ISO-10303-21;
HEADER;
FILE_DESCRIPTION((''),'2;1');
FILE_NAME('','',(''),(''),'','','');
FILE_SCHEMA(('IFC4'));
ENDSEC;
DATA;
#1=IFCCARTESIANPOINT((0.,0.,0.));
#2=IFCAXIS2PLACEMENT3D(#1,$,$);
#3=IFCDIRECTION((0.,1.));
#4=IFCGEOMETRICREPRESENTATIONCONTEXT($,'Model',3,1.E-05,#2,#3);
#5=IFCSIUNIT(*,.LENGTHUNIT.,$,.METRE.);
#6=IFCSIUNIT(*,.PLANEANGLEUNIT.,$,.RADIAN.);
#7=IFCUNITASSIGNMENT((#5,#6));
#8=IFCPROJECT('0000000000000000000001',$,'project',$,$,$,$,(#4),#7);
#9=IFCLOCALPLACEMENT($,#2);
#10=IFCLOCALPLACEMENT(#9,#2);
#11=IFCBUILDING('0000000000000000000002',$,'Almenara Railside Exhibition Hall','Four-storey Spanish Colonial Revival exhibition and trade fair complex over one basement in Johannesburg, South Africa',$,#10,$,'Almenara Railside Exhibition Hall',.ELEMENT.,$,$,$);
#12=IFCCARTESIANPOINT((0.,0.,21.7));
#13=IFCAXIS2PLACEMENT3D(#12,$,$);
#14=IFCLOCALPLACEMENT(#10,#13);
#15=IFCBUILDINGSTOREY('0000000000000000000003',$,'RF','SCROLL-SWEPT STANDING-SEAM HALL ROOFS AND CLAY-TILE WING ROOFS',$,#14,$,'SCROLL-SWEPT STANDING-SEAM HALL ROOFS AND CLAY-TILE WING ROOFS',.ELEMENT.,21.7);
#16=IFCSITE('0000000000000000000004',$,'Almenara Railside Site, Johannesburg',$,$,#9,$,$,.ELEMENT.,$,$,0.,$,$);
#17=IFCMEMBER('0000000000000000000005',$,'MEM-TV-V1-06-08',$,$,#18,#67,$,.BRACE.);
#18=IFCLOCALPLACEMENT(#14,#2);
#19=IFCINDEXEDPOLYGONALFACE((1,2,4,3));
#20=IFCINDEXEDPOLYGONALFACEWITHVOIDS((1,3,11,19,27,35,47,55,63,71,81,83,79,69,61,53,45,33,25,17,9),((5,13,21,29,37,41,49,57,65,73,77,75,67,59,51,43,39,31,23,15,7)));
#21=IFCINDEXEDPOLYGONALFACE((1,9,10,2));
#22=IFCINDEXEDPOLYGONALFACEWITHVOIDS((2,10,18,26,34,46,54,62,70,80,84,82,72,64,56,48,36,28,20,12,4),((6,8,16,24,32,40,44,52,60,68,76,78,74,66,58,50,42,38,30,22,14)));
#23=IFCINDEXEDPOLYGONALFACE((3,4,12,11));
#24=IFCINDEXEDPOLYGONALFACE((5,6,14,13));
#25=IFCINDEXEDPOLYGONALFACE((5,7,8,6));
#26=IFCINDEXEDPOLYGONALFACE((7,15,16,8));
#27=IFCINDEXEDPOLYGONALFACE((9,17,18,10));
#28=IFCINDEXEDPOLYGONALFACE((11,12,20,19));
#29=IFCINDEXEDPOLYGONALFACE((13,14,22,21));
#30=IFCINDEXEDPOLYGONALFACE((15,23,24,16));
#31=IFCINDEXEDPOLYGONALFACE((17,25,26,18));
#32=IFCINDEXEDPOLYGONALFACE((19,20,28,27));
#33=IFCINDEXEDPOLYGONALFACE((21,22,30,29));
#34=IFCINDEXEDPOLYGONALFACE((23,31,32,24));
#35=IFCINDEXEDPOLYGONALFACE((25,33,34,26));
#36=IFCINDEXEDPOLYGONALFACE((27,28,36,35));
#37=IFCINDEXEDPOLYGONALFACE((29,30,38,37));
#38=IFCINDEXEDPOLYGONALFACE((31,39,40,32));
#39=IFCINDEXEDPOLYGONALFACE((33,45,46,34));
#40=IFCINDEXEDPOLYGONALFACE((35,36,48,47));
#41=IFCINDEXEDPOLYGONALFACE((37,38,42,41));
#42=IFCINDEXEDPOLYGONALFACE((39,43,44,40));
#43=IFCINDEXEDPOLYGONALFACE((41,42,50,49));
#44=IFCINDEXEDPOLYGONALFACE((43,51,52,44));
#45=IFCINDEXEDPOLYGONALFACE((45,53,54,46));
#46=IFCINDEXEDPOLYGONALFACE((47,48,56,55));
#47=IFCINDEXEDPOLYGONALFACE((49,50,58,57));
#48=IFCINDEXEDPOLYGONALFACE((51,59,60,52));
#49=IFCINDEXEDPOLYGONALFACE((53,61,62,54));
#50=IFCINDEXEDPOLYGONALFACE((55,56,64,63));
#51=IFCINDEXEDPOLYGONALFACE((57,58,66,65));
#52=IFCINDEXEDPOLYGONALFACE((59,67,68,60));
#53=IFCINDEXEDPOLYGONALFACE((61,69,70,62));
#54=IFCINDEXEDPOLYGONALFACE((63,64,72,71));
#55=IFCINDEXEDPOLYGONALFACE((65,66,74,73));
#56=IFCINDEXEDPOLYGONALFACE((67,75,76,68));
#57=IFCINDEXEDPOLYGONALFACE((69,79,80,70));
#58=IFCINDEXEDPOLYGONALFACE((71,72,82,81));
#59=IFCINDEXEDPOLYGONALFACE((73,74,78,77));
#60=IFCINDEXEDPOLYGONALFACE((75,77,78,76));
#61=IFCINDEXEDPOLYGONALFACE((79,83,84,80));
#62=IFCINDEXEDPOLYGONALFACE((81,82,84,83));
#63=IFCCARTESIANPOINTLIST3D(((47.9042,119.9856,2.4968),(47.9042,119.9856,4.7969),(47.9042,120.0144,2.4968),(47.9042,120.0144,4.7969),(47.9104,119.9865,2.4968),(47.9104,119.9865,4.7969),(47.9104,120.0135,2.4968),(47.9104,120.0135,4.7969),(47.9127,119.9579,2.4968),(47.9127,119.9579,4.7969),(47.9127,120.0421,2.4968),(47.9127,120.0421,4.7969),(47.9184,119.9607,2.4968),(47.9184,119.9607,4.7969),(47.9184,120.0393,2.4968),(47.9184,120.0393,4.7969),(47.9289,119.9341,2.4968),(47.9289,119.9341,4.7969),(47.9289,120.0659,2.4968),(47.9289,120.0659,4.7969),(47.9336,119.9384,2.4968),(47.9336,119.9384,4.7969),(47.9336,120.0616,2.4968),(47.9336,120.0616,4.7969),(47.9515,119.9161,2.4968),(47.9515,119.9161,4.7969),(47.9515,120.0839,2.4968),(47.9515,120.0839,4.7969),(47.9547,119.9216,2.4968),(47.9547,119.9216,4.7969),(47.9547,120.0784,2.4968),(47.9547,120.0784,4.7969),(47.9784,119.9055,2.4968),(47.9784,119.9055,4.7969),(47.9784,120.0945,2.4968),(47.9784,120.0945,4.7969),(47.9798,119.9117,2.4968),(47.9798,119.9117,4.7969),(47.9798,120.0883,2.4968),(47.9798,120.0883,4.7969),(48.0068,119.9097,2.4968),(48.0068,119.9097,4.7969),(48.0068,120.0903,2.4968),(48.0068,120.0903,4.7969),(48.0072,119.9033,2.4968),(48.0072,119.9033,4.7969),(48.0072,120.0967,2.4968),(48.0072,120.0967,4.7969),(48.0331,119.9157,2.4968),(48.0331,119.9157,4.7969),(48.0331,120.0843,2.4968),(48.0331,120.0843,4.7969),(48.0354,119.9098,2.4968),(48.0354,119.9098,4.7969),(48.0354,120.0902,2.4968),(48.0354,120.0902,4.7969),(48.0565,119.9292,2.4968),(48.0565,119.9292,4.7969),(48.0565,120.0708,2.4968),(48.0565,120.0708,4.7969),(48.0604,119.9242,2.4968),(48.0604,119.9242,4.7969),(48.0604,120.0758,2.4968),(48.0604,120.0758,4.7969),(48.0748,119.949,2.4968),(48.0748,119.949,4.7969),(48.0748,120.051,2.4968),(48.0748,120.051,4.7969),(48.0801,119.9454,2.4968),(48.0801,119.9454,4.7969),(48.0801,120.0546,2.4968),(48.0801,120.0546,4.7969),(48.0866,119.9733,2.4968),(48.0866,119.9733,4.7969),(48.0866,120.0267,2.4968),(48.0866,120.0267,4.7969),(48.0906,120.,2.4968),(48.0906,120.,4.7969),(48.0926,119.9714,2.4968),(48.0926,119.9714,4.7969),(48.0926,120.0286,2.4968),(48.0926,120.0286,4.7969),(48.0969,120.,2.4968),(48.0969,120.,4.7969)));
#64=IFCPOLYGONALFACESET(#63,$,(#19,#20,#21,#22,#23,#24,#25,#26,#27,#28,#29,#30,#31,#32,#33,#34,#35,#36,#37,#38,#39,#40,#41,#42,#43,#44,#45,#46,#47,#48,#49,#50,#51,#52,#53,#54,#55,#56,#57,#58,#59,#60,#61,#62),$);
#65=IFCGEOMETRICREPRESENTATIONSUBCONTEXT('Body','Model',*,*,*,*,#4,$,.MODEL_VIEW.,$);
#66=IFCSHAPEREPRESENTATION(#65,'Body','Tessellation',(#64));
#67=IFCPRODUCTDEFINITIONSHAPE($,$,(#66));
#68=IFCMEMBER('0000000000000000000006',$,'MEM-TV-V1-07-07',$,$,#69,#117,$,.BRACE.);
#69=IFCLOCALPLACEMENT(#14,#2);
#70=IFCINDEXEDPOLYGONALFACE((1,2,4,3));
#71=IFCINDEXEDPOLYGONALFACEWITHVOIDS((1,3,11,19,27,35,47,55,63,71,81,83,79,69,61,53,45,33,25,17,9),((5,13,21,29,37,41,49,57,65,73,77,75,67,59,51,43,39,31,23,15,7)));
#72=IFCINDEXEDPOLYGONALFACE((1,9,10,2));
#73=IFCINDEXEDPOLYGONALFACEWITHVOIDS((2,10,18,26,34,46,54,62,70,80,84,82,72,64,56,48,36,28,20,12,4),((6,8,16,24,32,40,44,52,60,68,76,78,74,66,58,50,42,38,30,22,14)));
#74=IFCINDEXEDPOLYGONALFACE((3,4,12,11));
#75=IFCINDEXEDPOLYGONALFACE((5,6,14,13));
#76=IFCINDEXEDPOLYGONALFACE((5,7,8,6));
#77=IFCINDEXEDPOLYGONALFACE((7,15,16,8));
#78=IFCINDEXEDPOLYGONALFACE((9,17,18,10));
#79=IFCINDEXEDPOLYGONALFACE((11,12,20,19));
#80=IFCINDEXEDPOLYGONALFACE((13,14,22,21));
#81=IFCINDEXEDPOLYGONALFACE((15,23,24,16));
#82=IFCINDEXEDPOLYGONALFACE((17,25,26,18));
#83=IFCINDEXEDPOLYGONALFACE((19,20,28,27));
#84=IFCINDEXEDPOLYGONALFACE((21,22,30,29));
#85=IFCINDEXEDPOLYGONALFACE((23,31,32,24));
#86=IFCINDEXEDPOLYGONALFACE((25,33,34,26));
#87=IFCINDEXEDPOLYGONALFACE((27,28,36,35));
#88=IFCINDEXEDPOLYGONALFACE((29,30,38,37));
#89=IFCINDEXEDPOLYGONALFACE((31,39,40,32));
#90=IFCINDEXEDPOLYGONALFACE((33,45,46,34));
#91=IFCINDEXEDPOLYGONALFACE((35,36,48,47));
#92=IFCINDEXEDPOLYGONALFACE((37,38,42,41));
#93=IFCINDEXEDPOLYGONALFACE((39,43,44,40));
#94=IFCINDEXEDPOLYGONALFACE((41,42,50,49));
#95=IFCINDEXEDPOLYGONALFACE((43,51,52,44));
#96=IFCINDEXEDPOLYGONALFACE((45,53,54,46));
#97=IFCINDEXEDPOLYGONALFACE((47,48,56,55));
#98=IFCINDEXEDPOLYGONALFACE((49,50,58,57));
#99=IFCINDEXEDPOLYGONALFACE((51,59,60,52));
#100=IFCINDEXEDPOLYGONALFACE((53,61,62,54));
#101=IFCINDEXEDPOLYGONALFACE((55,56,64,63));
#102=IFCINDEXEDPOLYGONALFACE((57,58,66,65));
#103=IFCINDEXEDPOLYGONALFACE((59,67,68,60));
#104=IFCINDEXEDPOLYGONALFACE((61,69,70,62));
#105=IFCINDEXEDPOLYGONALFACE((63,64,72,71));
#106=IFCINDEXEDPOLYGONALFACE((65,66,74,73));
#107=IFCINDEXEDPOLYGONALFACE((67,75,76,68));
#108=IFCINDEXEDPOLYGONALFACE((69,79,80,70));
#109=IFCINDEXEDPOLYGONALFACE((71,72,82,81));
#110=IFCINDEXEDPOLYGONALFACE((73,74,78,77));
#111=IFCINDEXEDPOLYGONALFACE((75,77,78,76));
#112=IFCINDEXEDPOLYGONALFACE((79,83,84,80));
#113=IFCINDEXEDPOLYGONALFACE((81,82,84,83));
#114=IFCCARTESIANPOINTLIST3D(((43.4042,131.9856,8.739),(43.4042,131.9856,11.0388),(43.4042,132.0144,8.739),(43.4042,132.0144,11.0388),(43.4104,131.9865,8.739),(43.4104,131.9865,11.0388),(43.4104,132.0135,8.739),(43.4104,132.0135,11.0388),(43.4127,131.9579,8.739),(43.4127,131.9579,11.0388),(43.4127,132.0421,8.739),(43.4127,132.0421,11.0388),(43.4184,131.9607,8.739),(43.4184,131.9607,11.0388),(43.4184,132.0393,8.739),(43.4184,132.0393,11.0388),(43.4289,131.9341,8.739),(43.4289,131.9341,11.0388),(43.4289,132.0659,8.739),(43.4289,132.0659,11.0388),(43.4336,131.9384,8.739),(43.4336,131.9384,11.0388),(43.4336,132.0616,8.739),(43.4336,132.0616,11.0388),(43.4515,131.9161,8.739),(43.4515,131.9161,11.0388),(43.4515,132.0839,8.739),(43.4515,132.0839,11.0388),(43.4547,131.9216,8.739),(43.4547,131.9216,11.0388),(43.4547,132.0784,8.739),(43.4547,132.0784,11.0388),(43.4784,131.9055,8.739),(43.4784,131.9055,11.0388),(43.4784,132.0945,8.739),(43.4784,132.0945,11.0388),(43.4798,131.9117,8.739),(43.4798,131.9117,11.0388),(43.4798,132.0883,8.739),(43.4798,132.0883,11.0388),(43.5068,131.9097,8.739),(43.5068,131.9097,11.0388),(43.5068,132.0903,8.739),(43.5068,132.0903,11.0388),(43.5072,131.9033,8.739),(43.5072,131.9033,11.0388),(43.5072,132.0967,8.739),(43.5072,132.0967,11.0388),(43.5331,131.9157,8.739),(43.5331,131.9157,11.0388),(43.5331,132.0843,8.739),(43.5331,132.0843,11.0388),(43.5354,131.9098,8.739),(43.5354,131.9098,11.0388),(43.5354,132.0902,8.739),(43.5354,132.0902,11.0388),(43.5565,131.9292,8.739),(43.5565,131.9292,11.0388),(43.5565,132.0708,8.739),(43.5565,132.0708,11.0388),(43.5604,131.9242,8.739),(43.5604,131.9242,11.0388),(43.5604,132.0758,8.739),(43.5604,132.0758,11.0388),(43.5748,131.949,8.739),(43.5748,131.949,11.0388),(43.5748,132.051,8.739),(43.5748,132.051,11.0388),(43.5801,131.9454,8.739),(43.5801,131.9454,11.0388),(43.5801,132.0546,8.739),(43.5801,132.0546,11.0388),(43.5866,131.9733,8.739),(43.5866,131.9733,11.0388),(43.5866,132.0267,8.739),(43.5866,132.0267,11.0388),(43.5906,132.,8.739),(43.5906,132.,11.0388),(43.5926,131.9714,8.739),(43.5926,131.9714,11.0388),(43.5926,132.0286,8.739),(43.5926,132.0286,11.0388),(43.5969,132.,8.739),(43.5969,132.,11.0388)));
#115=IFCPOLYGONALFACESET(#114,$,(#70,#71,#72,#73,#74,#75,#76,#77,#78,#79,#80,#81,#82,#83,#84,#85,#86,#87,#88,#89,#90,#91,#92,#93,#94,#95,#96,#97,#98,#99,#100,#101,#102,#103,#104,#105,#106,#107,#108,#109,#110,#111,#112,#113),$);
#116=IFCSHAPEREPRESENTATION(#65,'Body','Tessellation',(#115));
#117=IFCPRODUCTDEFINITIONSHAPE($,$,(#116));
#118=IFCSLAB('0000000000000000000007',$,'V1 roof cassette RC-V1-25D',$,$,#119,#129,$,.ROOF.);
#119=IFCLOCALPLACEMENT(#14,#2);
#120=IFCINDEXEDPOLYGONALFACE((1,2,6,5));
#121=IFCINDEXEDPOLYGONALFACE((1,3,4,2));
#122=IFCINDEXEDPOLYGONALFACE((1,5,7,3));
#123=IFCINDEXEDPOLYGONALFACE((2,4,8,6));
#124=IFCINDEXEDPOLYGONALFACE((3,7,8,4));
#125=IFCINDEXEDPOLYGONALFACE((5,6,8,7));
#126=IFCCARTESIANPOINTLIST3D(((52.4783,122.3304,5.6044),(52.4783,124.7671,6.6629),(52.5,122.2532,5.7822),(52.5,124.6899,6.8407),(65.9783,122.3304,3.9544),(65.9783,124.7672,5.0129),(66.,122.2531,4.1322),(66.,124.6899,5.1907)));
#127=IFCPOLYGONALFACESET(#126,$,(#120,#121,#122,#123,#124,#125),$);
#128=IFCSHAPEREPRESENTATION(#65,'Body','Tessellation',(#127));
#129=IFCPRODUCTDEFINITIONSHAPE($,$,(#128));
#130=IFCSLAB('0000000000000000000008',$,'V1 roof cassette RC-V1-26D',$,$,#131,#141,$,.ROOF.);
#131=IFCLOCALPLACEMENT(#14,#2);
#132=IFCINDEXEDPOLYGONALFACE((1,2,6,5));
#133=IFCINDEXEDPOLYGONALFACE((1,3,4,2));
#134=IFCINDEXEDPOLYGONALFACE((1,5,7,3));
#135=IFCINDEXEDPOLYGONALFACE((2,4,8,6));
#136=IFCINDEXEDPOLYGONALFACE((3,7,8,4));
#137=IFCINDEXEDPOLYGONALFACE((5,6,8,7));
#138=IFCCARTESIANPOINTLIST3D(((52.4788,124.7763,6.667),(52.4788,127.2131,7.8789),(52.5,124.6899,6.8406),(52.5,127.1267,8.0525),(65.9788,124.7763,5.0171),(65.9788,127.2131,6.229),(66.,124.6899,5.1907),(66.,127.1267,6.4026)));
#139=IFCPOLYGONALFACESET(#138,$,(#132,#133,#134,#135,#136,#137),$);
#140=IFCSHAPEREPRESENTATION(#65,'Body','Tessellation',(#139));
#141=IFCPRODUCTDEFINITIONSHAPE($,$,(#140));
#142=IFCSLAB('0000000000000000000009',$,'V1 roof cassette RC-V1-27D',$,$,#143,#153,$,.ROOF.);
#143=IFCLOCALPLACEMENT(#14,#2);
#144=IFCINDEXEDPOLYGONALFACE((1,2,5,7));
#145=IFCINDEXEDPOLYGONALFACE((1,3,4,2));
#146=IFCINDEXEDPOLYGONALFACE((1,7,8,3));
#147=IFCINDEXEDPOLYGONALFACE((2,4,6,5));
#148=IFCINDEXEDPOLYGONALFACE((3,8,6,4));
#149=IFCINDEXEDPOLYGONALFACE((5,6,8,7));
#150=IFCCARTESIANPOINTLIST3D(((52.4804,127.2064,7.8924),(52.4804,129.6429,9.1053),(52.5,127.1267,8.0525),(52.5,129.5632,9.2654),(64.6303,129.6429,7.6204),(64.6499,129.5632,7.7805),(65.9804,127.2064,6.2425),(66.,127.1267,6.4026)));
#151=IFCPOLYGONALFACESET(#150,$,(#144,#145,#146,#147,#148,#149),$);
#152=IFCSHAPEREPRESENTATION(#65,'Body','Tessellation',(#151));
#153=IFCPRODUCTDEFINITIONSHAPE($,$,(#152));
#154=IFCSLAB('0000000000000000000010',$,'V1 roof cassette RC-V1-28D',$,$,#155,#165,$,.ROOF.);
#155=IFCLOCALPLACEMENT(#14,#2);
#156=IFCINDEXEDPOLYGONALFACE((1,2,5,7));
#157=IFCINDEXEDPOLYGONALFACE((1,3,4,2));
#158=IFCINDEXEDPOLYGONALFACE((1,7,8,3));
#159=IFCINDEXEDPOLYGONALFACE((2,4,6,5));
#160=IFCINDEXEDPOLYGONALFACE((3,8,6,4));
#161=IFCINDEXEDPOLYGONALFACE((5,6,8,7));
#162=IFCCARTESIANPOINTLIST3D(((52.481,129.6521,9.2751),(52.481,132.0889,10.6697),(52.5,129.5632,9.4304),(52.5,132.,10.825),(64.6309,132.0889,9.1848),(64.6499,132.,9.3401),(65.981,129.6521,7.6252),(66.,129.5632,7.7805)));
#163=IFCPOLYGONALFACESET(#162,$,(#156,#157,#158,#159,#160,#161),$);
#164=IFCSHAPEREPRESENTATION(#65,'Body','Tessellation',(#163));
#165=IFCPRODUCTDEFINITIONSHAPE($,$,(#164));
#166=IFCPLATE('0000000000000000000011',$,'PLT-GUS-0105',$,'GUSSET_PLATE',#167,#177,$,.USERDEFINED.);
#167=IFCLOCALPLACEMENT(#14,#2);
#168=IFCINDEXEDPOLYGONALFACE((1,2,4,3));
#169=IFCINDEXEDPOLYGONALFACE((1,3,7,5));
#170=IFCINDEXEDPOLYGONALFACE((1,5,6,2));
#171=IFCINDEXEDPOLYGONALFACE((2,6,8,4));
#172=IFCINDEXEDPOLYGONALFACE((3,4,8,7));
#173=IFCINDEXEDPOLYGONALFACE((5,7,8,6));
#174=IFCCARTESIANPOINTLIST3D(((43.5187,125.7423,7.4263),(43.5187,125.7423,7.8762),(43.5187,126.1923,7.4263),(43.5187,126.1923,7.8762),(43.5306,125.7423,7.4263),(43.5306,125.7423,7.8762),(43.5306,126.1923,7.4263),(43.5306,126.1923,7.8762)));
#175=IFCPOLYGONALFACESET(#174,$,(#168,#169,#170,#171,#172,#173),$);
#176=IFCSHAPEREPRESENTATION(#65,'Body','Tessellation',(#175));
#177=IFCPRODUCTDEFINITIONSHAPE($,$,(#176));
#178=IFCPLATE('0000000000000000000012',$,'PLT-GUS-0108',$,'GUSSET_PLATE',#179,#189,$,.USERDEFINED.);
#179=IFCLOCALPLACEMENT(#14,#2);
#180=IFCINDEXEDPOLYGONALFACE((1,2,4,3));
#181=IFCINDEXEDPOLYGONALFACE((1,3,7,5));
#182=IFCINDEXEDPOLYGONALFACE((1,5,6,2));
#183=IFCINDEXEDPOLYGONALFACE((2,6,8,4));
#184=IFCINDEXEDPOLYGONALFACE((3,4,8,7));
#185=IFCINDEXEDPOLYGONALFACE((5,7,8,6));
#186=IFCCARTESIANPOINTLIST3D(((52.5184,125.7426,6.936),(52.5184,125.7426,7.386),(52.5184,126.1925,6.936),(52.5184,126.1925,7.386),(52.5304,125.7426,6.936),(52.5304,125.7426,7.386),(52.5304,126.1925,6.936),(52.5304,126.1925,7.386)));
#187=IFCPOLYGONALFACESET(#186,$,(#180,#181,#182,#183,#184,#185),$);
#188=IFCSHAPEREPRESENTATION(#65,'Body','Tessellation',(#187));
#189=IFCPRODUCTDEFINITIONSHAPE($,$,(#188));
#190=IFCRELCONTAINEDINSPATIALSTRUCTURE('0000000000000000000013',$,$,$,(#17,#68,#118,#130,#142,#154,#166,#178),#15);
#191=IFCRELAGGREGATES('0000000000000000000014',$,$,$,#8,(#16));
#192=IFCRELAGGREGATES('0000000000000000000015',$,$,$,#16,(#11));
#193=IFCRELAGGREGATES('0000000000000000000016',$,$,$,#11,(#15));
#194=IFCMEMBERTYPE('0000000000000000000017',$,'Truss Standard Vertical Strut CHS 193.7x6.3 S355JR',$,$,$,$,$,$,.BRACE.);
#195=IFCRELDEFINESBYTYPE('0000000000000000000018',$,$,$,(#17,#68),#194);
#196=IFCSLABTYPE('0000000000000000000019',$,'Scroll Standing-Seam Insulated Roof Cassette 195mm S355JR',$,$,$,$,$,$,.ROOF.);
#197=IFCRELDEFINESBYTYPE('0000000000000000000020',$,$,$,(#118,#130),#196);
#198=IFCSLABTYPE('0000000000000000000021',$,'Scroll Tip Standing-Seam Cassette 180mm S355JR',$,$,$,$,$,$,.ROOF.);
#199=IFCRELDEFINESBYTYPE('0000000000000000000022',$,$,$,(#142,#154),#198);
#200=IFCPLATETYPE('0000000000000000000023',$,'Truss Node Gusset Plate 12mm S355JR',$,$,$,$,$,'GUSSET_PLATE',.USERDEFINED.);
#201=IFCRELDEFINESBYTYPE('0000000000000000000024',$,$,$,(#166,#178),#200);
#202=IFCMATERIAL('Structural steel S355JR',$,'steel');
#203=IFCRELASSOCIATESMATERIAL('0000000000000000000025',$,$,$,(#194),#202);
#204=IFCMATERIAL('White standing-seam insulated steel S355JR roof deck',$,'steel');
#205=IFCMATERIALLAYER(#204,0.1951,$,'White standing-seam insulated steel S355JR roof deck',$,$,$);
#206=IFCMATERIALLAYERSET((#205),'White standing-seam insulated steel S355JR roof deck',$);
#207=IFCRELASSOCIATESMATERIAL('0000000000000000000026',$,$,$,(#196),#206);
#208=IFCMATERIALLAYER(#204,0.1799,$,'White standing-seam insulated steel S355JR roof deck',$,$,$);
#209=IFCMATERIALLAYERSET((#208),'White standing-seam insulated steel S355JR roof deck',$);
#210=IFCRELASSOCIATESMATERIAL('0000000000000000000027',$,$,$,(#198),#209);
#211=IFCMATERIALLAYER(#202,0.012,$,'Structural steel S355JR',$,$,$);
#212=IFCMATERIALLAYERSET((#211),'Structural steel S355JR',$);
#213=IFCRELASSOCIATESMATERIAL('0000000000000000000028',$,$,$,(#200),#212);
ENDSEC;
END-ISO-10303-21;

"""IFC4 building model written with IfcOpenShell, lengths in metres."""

from ifc_helpers import new_model, si_unit, direction, frame, origin, origin_2d, place, context, subcontext, project, spatial, polyline, rectangle, hollow_circle, outline, extrude, material, layer, layer_set, material_profile, profile_set, type_object, element, save


model = new_model("IFC4")

# Units and contexts
model_context = context("Model", 3, precision=1e-05, world=origin(), true_north=direction((0.0, 1.0)))
body_context = subcontext(model_context, "Body", "Model", "MODEL_VIEW")
ifc_project = project(units=[si_unit("LENGTHUNIT", "METRE"), si_unit("PLANEANGLEUNIT", "RADIAN")], contexts=[model_context])

# Site, building, storey
site_placement = place(None, origin())
site = spatial("IfcSite", under=ifc_project, at=site_placement, Name="Almenara Railside Site, Johannesburg", CompositionType="ELEMENT", RefElevation=0.0)
building_placement = place(site_placement, origin())
building = spatial("IfcBuilding", under=site, at=building_placement, Name="Almenara Railside Exhibition Hall", Description="Four-storey Spanish Colonial Revival exhibition and trade fair complex over one basement in Johannesburg, South Africa", LongName="Almenara Railside Exhibition Hall", CompositionType="ELEMENT")
storey_placement = place(building_placement, frame((0.0, 0.0, 21.7)))
storey = spatial("IfcBuildingStorey", under=building, at=storey_placement, Name="RF", Description="SCROLL-SWEPT STANDING-SEAM HALL ROOFS AND CLAY-TILE WING ROOFS", LongName="SCROLL-SWEPT STANDING-SEAM HALL ROOFS AND CLAY-TILE WING ROOFS", CompositionType="ELEMENT", Elevation=21.7)

# Shared definitions
ifc_material_1 = material(Name="Structural steel S355JR", Category="steel")

# Members
ifc_material_profile_1 = material_profile(ifc_material_1, hollow_circle(Radius=0.0969, WallThickness=0.0063, at=origin_2d()), Name="CHS 193.7x6.3")
ifc_profile_set_1 = profile_set([ifc_material_profile_1], Name="Structural steel S355JR")
member_type_1 = type_object("IfcMemberType", Name="Truss Standard Vertical Strut CHS 193.7x6.3 S355JR", PredefinedType="BRACE", material=ifc_profile_set_1)
for number, where, z_axis, x_axis, name in (
    (1, (48.0, 120.0, 2.4968), (0.0, 0.0, 1.0), (1.0, 0.0, 0.0), "MEM-TV-V1-06-08"),
):
    element("IfcMember", number, at=place(storey_placement, frame(where, z_axis=z_axis, x_axis=x_axis)), inside=storey, type_object=member_type_1, Name=name, PredefinedType="BRACE", context=body_context, shape_type="SweptSolid", body=[
        extrude(hollow_circle(Radius=0.0969, WallThickness=0.0063, at=origin_2d()), origin(), (0.0, 0.0, 1.0), 2.3),
    ])
member_1_placement = place(storey_placement, frame((43.5, 132.0, 8.739), z_axis=(0.0, 0.0, 1.0), x_axis=(1.0, 0.0, 0.0)))
element("IfcMember", 2, at=member_1_placement, inside=storey, type_object=member_type_1, Name="MEM-TV-V1-07-07", PredefinedType="BRACE", context=body_context, shape_type="SweptSolid", body=[
    extrude(hollow_circle(Radius=0.0969, WallThickness=0.0063, at=origin_2d()), origin(), (0.0, 0.0, 1.0), 2.2998),
])

# Slabs
ifc_material_2 = material(Name="White standing-seam insulated steel S355JR roof deck", Category="steel")
ifc_layer_1 = layer(ifc_material_2, 0.1951, Name="White standing-seam insulated steel S355JR roof deck")
ifc_layer_set_1 = layer_set([ifc_layer_1], Name="White standing-seam insulated steel S355JR roof deck")
slab_type_1 = type_object("IfcSlabType", Name="Scroll Standing-Seam Insulated Roof Cassette 195mm S355JR", PredefinedType="ROOF", material=ifc_layer_set_1)
slab_1_placement = place(storey_placement, frame((52.5, 122.2532, 5.7822), z_axis=(0.111407, -0.395932, 0.911497), x_axis=(0.992613, -0.000003, -0.121323)))
element("IfcSlab", 3, at=slab_1_placement, inside=storey, type_object=slab_type_1, Name="V1 roof cassette RC-V1-25D", PredefinedType="ROOF", context=body_context, shape_type="SweptSolid", body=[
    extrude(outline(polyline([(0.0, 0.0), (13.6005, 0.0), (13.472, 2.6537), (-0.1284, 2.6536), (0.0, 0.0)])), origin(), (0.0, 0.0, -1.0), 0.1951),
])
slab_2_placement = place(storey_placement, frame((52.5, 124.6899, 6.8406), z_axis=(0.108779, -0.442668, 0.890063), x_axis=(0.992614, 0.0, -0.121312)))
element("IfcSlab", 4, at=slab_2_placement, inside=storey, type_object=slab_type_1, Name="V1 roof cassette RC-V1-26D", PredefinedType="ROOF", context=body_context, shape_type="SweptSolid", body=[
    extrude(outline(polyline([(0.0, 0.0), (13.6004, 0.0), (13.4534, 2.7175), (-0.147, 2.7175), (0.0, 0.0)])), origin(), (0.0, 0.0, -1.0), 0.1951),
])
ifc_layer_2 = layer(ifc_material_2, 0.1799, Name="White standing-seam insulated steel S355JR roof deck")
ifc_layer_set_2 = layer_set([ifc_layer_2], Name="White standing-seam insulated steel S355JR roof deck")
slab_type_2 = type_object("IfcSlabType", Name="Scroll Tip Standing-Seam Cassette 180mm S355JR", PredefinedType="ROOF", material=ifc_layer_set_2)
slab_3_placement = place(storey_placement, frame((52.5, 127.1267, 8.0525), z_axis=(0.108758, -0.442996, 0.889902), x_axis=(0.992615, -0.000001, -0.121311)))
element("IfcSlab", 5, at=slab_3_placement, inside=storey, type_object=slab_type_2, Name="V1 roof cassette RC-V1-27D", PredefinedType="ROOF", context=body_context, shape_type="SweptSolid", body=[
    extrude(outline(polyline([(0.0, 0.0), (13.6004, 0.0), (12.0932, 2.7178), (-0.1471, 2.7177), (0.0, 0.0)])), origin(), (0.0, 0.0, -1.0), 0.1799),
])
slab_4_placement = place(storey_placement, frame((52.5, 129.5632, 9.4304), z_axis=(0.10548, -0.493935, 0.863077), x_axis=(0.992615, -0.000001, -0.121311)))
element("IfcSlab", 6, at=slab_4_placement, inside=storey, type_object=slab_type_2, Name="V1 roof cassette RC-V1-28D", PredefinedType="ROOF", context=body_context, shape_type="SweptSolid", body=[
    extrude(outline(polyline([(0.0, 0.0), (13.6004, 0.0), (12.0711, 2.8025), (-0.1692, 2.8025), (0.0, 0.0)])), origin(), (0.0, 0.0, -1.0), 0.1799),
])

# Plates
ifc_layer_3 = layer(ifc_material_1, 0.012, Name="Structural steel S355JR")
ifc_layer_set_3 = layer_set([ifc_layer_3], Name="Structural steel S355JR")
plate_type_1 = type_object("IfcPlateType", Name="Truss Node Gusset Plate 12mm S355JR", ElementType="GUSSET_PLATE", PredefinedType="USERDEFINED", material=ifc_layer_set_3)
for number, where, z_axis, x_axis, name in (
    (7, (43.5247, 125.9673, 7.4263), (0.0, 0.0, 1.0), (0.0, 1.0, 0.0), "PLT-GUS-0105"),
    (8, (52.5244, 125.9675, 6.936), (0.0, 0.0, 1.0), (0.0, 1.0, 0.0), "PLT-GUS-0108"),
):
    element("IfcPlate", number, at=place(storey_placement, frame(where, z_axis=z_axis, x_axis=x_axis)), inside=storey, type_object=plate_type_1, Name=name, ObjectType="GUSSET_PLATE", PredefinedType="USERDEFINED", context=body_context, shape_type="SweptSolid", body=[
        extrude(rectangle(XDim=0.45, YDim=0.012, at=origin_2d()), origin(), (0.0, 0.0, 1.0), 0.45),
    ])

save(model, "model.ifc")
